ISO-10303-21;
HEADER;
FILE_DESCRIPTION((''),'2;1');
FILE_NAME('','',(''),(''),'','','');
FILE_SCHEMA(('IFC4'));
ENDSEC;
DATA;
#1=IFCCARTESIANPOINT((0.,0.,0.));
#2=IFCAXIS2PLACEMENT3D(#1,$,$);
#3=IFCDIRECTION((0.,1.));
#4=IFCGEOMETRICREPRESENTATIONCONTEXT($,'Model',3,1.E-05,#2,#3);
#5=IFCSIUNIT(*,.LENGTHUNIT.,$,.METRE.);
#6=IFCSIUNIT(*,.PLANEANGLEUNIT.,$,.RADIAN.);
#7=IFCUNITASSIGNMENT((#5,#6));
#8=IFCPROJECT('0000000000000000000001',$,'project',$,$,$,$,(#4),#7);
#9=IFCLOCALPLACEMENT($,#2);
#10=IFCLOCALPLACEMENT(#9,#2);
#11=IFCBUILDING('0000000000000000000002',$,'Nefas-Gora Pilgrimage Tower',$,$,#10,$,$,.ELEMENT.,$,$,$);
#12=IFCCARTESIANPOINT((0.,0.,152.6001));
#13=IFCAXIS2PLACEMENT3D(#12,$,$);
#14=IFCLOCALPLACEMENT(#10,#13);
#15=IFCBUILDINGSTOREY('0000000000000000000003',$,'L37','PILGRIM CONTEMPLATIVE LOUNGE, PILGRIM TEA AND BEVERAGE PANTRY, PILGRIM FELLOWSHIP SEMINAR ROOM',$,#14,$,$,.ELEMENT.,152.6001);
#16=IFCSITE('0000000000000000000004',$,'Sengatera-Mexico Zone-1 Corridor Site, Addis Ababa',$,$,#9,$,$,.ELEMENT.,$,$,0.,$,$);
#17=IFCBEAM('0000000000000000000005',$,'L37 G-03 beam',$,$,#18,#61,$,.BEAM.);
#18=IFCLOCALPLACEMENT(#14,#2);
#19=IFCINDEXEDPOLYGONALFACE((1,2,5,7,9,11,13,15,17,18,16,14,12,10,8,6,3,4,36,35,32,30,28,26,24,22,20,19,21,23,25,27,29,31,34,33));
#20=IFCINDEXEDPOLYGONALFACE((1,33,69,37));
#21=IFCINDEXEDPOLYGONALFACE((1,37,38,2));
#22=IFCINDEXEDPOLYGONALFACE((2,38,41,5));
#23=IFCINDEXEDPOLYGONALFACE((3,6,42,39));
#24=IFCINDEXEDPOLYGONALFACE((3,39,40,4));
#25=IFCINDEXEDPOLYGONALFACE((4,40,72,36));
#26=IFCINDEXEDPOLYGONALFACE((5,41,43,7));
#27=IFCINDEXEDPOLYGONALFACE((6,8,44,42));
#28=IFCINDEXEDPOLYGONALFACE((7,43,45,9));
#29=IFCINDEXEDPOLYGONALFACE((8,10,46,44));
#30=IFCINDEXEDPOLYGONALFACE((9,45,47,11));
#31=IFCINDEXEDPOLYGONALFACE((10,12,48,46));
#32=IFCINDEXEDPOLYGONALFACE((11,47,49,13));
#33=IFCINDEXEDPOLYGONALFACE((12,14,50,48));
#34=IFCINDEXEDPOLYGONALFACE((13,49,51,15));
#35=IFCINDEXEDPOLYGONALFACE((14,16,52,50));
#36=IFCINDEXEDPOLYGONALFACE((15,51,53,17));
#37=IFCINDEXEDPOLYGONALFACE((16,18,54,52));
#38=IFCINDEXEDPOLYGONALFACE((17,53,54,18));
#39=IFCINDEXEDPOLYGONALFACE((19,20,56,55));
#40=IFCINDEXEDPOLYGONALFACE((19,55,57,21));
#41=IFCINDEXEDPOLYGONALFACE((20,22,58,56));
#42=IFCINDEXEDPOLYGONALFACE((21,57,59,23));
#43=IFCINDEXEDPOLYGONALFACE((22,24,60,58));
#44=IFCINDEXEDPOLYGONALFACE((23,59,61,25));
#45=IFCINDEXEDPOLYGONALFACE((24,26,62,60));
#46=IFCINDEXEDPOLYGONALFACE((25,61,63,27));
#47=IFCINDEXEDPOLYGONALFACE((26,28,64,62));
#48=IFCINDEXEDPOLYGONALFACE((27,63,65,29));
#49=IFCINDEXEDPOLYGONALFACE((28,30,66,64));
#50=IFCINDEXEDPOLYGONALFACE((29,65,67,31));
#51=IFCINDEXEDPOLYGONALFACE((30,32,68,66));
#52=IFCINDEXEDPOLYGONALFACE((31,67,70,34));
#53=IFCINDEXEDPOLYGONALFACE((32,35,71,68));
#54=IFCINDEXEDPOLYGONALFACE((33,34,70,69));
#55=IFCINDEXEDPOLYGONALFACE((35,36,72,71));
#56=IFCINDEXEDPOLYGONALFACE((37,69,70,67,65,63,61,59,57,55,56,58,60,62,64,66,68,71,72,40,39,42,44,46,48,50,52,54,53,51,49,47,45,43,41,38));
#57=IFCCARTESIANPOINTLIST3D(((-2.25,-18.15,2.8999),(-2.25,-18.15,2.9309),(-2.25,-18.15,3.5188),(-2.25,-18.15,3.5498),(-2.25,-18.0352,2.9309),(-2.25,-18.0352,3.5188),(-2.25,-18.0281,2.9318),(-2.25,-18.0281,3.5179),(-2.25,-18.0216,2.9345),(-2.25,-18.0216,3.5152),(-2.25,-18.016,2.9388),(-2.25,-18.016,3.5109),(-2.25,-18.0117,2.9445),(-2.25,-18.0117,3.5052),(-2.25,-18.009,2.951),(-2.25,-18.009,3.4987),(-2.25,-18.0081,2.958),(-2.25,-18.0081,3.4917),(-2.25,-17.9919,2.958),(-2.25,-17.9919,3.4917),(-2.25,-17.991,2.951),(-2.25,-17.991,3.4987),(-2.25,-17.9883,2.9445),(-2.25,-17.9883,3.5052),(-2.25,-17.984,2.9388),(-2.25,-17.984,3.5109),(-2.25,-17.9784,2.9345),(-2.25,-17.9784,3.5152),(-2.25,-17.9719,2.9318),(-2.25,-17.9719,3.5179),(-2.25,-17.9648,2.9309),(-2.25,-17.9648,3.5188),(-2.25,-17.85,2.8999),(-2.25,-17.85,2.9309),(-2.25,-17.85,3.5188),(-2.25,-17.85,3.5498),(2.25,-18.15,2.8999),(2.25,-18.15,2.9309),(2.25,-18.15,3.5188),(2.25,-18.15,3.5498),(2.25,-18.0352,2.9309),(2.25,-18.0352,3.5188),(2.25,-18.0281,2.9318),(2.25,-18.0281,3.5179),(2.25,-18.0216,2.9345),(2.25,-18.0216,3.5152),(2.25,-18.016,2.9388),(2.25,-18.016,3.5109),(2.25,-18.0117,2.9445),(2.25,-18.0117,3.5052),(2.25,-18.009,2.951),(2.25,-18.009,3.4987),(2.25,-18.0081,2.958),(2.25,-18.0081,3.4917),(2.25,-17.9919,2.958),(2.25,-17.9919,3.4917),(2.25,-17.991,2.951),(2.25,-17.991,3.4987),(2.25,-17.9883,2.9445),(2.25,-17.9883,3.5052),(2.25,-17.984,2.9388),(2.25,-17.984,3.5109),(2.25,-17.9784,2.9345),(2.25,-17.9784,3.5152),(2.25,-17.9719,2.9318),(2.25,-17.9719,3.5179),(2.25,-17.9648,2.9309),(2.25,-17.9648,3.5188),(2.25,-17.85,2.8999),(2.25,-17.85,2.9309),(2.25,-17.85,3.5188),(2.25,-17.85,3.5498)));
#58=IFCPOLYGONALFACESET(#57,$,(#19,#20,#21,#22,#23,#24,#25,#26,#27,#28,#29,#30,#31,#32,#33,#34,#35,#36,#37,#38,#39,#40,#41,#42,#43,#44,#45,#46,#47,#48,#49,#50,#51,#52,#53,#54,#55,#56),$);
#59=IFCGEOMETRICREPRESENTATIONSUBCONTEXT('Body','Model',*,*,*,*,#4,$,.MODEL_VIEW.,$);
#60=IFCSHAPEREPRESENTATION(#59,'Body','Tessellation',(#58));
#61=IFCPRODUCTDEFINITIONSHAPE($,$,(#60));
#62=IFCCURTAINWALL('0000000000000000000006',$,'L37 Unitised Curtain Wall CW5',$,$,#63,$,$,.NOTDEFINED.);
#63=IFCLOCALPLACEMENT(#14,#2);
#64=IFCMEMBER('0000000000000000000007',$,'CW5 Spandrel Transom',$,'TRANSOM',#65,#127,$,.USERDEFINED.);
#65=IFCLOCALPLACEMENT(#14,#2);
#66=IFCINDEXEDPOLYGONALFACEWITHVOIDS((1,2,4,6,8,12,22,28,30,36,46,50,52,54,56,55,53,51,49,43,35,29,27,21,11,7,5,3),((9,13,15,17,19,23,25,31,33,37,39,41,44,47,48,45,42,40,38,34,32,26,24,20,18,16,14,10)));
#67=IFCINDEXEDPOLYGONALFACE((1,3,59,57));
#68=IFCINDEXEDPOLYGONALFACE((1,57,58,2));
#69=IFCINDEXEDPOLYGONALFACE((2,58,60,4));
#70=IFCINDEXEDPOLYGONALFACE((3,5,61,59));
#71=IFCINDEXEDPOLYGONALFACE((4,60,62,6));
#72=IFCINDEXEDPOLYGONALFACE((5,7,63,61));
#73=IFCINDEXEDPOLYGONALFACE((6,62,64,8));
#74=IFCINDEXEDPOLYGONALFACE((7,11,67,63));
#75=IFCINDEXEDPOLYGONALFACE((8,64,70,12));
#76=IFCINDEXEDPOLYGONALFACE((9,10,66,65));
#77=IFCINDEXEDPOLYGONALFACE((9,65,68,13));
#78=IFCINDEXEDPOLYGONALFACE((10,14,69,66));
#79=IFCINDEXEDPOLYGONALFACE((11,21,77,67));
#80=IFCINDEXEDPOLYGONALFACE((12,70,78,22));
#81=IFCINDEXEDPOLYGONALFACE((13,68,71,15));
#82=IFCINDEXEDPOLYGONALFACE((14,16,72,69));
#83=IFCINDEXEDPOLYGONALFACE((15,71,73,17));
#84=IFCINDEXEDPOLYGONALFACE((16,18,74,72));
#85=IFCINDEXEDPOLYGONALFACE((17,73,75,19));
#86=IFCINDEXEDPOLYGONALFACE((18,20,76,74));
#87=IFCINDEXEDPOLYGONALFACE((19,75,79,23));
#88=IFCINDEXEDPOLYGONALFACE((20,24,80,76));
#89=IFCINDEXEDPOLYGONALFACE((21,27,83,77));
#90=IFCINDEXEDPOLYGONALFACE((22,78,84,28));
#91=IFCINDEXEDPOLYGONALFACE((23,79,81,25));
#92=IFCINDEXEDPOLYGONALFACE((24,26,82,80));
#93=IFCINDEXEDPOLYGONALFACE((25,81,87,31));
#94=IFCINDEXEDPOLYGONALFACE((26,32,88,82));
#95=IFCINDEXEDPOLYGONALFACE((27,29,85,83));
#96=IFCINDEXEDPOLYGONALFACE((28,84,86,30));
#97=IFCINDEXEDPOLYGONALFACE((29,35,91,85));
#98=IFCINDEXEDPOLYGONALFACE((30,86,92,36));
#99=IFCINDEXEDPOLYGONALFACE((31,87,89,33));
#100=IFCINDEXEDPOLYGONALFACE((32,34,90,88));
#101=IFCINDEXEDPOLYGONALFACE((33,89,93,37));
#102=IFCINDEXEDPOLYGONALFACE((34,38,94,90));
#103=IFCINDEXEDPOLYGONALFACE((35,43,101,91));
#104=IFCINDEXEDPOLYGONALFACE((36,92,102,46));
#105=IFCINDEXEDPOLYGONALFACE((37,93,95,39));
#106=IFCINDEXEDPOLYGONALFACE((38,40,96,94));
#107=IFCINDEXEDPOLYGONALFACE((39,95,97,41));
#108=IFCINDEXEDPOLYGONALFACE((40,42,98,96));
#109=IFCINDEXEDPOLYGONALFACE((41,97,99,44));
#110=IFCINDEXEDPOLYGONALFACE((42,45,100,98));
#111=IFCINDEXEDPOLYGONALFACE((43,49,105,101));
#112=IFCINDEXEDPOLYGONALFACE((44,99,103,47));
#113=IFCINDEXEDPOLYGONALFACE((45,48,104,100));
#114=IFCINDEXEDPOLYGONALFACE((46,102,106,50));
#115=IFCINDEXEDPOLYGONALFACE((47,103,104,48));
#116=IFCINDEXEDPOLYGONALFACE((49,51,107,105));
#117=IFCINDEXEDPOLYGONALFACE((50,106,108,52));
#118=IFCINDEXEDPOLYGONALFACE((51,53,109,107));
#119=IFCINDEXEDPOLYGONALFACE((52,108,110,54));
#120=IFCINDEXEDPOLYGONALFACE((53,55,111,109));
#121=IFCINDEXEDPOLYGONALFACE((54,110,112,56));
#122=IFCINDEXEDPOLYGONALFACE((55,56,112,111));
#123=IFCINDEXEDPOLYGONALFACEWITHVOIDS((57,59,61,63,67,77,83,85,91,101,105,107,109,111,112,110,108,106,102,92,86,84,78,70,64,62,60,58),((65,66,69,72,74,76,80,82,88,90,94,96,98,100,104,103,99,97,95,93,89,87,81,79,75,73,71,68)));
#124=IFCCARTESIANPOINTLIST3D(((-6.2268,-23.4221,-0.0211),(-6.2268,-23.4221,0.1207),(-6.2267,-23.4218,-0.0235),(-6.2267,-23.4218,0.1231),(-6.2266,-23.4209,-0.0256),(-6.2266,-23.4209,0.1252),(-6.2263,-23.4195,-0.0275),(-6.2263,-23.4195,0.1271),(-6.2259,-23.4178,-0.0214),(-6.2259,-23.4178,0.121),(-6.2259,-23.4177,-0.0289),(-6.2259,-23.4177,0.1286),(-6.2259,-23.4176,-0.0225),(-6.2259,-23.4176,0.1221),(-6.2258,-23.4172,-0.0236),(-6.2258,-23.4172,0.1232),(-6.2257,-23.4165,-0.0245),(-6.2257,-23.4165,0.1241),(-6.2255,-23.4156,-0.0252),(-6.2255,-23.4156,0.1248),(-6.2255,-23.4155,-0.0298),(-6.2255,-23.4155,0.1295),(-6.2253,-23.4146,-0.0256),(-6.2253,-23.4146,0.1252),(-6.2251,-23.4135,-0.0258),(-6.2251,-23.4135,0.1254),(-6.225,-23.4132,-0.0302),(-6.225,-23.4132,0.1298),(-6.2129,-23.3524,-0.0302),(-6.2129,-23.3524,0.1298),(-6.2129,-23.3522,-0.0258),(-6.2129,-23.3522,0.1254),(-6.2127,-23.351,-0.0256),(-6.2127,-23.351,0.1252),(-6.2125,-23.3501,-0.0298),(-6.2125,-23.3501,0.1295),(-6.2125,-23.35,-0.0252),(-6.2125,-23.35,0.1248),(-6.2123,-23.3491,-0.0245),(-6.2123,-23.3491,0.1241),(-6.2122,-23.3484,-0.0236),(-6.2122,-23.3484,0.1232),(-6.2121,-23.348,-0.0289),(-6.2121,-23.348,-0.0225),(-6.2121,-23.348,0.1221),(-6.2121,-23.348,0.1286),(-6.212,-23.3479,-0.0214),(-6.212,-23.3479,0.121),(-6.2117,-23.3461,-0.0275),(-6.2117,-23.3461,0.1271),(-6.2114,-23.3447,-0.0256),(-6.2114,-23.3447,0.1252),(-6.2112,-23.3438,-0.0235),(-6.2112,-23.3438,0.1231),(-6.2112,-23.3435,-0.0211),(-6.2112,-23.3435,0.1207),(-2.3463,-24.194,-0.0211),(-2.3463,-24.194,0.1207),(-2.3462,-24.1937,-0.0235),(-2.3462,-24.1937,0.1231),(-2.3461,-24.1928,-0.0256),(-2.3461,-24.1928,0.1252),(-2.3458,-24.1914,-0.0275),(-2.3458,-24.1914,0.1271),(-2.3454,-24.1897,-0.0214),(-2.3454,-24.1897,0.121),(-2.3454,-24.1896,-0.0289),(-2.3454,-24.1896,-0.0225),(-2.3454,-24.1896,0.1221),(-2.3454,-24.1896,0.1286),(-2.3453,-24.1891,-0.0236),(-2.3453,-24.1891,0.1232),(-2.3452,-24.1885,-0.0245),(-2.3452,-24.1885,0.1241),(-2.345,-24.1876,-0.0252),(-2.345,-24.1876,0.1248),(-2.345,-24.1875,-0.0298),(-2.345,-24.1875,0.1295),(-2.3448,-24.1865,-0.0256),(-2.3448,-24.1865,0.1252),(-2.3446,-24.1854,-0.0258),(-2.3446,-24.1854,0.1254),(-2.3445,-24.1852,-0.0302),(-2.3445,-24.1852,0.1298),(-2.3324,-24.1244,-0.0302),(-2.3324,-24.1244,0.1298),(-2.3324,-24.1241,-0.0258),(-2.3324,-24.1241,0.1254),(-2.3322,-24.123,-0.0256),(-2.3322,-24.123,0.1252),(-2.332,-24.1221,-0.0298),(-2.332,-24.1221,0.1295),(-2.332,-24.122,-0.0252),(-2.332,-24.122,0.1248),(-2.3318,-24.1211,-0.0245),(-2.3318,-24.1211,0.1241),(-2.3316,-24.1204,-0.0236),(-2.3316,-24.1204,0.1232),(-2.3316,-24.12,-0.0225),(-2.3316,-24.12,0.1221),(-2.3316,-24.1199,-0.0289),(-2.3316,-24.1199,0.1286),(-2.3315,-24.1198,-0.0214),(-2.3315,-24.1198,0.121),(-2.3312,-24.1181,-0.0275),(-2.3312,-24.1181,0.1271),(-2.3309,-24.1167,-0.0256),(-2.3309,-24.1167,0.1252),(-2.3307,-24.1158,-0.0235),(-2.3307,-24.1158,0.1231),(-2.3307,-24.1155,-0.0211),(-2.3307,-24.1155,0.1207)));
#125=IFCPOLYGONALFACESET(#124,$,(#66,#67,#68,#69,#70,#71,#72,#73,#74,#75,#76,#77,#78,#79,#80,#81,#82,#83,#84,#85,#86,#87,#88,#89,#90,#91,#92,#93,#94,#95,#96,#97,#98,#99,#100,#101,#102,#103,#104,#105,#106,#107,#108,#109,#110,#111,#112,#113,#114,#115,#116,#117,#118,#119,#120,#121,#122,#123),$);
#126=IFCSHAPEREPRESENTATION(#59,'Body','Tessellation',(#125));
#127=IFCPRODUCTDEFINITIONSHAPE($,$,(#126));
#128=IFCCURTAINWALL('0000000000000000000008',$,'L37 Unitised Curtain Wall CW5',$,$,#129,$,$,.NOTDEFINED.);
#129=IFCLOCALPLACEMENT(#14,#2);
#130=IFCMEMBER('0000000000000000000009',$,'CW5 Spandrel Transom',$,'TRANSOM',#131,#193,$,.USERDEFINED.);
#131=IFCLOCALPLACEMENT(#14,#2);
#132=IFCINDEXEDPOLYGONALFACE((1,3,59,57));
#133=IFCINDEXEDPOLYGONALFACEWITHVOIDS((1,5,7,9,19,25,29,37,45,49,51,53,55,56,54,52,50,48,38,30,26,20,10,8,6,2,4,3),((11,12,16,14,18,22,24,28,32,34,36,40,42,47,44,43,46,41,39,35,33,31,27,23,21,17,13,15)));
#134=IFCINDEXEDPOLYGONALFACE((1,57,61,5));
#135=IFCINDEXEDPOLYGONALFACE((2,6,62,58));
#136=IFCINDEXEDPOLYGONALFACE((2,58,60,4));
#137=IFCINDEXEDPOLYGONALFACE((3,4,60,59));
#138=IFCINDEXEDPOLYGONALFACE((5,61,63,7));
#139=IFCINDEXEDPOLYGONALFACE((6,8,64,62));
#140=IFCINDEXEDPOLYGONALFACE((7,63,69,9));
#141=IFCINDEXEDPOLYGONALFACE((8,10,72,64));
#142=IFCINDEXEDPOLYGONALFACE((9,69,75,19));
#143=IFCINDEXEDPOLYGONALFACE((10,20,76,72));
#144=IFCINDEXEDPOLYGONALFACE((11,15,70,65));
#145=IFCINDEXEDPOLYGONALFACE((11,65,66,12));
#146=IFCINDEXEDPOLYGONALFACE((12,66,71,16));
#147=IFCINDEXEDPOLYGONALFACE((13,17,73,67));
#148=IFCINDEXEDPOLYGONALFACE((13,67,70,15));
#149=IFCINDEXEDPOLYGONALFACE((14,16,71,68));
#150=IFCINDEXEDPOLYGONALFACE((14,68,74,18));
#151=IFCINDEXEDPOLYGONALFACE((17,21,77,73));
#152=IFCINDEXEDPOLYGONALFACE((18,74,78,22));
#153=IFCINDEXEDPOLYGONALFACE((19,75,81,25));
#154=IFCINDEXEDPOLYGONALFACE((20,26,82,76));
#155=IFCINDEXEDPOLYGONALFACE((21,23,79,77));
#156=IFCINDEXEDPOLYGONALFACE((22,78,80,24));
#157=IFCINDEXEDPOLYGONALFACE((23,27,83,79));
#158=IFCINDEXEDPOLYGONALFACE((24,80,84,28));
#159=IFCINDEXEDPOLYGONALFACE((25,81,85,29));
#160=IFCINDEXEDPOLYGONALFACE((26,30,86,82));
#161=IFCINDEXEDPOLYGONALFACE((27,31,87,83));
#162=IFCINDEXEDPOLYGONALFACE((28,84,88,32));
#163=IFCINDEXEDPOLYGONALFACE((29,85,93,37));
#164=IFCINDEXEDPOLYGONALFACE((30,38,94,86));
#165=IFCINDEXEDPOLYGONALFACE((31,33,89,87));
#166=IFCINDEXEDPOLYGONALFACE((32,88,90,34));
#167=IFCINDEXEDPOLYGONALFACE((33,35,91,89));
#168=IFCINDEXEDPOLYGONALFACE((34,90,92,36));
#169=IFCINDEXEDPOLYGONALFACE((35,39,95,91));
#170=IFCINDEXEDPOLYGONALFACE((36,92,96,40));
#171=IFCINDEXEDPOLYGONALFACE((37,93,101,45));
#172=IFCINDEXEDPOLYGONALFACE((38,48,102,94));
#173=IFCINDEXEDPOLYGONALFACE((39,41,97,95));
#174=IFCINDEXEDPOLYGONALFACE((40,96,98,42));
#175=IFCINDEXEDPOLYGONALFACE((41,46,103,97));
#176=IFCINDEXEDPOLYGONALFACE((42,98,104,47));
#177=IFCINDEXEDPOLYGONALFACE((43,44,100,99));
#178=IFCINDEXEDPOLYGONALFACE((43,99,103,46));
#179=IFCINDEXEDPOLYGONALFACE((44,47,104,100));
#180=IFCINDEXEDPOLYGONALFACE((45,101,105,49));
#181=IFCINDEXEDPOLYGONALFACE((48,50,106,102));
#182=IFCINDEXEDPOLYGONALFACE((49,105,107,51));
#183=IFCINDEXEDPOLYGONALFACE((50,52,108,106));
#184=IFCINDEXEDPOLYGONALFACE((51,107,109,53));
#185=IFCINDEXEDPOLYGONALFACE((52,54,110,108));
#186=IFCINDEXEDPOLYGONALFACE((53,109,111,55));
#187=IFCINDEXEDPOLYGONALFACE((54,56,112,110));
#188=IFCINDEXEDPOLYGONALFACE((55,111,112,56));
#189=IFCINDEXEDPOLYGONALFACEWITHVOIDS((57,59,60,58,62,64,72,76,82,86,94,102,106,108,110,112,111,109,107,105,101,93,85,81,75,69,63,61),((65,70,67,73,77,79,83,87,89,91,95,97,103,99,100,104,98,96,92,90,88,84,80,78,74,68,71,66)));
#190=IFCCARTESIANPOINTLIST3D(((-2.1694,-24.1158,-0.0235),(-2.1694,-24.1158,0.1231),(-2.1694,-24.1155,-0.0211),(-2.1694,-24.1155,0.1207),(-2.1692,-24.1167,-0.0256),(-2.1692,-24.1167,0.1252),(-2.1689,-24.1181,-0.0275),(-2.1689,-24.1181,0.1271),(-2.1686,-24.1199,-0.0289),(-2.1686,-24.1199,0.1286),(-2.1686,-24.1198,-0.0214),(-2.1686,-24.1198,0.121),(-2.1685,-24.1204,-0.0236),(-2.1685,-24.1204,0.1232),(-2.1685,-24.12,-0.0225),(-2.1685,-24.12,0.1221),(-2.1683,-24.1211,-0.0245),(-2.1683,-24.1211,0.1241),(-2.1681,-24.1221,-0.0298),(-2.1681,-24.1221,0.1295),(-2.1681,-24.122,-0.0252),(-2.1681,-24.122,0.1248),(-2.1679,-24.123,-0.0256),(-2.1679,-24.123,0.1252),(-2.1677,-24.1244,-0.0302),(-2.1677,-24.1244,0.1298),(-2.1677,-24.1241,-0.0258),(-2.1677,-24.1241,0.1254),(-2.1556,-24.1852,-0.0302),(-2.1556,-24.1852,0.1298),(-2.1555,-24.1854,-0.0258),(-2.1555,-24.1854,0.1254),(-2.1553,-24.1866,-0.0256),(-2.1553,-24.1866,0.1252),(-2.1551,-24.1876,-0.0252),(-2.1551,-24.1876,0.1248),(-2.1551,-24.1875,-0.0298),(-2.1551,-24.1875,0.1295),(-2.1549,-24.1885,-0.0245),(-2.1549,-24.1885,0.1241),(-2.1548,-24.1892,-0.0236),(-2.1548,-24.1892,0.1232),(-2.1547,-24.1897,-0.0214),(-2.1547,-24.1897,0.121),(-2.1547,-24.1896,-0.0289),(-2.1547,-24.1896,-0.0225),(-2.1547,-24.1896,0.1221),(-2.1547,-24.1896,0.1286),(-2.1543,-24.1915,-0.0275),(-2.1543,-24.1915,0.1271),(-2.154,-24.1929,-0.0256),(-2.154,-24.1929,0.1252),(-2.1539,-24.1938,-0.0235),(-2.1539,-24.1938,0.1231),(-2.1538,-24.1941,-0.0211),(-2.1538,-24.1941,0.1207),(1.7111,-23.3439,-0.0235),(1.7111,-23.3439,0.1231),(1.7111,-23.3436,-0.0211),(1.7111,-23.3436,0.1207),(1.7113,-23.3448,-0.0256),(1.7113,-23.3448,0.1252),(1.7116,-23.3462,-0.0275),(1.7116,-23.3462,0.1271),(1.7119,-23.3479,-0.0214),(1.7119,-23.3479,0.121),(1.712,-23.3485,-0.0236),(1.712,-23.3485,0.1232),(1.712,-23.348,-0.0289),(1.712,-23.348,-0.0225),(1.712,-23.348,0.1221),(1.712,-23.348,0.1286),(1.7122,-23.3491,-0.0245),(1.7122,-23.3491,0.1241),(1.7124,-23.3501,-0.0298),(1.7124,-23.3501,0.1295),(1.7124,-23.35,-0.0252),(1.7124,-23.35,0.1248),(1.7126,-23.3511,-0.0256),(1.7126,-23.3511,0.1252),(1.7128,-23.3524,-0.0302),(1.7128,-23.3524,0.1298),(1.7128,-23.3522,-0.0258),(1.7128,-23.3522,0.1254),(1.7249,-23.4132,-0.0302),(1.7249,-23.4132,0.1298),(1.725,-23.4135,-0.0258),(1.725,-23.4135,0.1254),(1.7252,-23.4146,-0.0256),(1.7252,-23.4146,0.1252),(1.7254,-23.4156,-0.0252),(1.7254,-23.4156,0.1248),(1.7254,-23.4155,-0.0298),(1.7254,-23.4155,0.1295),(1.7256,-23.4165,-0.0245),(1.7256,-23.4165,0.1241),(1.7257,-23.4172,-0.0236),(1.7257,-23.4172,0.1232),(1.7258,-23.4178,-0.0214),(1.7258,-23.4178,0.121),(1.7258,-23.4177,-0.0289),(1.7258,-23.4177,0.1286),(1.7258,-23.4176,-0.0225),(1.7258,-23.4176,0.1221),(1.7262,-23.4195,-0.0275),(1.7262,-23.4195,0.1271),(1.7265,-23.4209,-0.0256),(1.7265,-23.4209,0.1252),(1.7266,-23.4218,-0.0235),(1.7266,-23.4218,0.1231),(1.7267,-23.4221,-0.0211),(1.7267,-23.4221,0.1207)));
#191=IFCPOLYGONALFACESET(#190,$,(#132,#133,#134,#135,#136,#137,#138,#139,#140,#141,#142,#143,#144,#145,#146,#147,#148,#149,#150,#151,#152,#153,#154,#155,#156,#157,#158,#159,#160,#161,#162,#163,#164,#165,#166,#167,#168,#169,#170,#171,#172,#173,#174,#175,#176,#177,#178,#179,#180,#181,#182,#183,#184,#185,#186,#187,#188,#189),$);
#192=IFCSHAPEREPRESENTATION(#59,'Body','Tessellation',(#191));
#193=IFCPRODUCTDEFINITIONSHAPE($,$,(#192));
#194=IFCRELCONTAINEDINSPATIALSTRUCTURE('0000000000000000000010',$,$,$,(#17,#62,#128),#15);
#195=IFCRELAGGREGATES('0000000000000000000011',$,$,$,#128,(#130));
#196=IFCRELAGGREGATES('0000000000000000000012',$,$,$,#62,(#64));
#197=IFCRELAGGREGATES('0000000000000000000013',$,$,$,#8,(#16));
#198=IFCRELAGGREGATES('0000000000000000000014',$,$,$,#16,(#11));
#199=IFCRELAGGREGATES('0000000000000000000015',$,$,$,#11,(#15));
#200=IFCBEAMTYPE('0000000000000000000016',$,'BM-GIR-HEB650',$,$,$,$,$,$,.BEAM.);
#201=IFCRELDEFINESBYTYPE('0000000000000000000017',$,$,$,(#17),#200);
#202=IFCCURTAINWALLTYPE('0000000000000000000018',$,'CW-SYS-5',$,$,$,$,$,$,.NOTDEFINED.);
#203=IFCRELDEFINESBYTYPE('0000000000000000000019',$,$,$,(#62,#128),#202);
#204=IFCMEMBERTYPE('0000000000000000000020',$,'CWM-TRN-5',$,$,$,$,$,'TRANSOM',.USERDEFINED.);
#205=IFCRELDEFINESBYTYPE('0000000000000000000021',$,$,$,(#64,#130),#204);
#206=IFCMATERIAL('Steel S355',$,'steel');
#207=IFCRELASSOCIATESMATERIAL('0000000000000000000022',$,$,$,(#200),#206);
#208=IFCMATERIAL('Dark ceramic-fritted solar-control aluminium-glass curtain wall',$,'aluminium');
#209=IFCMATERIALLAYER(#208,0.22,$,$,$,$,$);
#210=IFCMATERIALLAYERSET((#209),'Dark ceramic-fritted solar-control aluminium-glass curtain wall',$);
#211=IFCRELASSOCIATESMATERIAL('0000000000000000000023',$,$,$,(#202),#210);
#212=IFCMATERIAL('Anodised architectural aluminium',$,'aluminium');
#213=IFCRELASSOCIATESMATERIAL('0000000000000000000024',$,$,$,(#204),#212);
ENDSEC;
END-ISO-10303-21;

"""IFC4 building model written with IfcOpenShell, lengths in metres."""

from ifc_helpers import new_model, si_unit, direction, frame, origin, origin_2d, place, context, subcontext, project, spatial, hollow_rectangle, i_section, extrude, source, transform, mapped, material, layer, layer_set, material_profile, profile_set, type_object, element, aggregate, save


model = new_model("IFC4")

# Units and contexts
model_context = context("Model", 3, precision=1e-05, world=origin(), true_north=direction((0.0, 1.0)))
body_context = subcontext(model_context, "Body", "Model", "MODEL_VIEW")
ifc_project = project(units=[si_unit("LENGTHUNIT", "METRE"), si_unit("PLANEANGLEUNIT", "RADIAN")], contexts=[model_context])

# Site, building, storey
site_placement = place(None, origin())
site = spatial("IfcSite", under=ifc_project, at=site_placement, Name="Sengatera-Mexico Zone-1 Corridor Site, Addis Ababa", CompositionType="ELEMENT", RefElevation=0.0)
building_placement = place(site_placement, origin())
building = spatial("IfcBuilding", under=site, at=building_placement, Name="Nefas-Gora Pilgrimage Tower", CompositionType="ELEMENT")
storey_placement = place(building_placement, frame((0.0, 0.0, 152.6001)))
storey = spatial("IfcBuildingStorey", under=building, at=storey_placement, Name="L37", Description="PILGRIM CONTEMPLATIVE LOUNGE, PILGRIM TEA AND BEVERAGE PANTRY, PILGRIM FELLOWSHIP SEMINAR ROOM", CompositionType="ELEMENT", Elevation=152.6001)

# Beam
ifc_material_1 = material(Name="Steel S355", Category="steel")
ifc_material_profile_1 = material_profile(ifc_material_1, i_section(OverallWidth=0.3, OverallDepth=0.6499, WebThickness=0.0161, FlangeThickness=0.031, FilletRadius=0.0271, at=origin_2d()), Name="HEB 650")
ifc_profile_set_1 = profile_set([ifc_material_profile_1], Name="Steel S355")
beam_type = type_object("IfcBeamType", Name="BM-GIR-HEB650", PredefinedType="BEAM", material=ifc_profile_set_1)
shared_shape_1 = source(origin(), body_context, "Body", "SweptSolid", [
    extrude(i_section(OverallWidth=0.3, OverallDepth=0.6499, WebThickness=0.0161, FlangeThickness=0.031, FilletRadius=0.0271, at=origin_2d()), origin(), (0.0, 0.0, 1.0), 4.5),
])
for number, where, z_axis, x_axis, name in (
    (1, (-2.25, -18.0, 3.2249), (1.0, 0.0, 0.0), (0.0, 1.0, 0.0), "L37 G-03 beam"),
):
    element("IfcBeam", number, at=place(storey_placement, frame(where, z_axis=z_axis, x_axis=x_axis)), inside=storey, type_object=beam_type, Name=name, PredefinedType="BEAM", context=body_context, shape_type="MappedRepresentation", body=[
        mapped(shared_shape_1, transform((0.0, 0.0, 0.0), x_axis=(1.0, 0.0, 0.0), y_axis=(0.0, 1.0, 0.0), z_axis=(0.0, 0.0, 1.0), scale=1.0)),
    ])

# Curtain walls, members
ifc_material_2 = material(Name="Dark ceramic-fritted solar-control aluminium-glass curtain wall", Category="aluminium")
ifc_layer_1 = layer(ifc_material_2, 0.22)
ifc_layer_set_1 = layer_set([ifc_layer_1], Name="Dark ceramic-fritted solar-control aluminium-glass curtain wall")
curtain_wall_type = type_object("IfcCurtainWallType", Name="CW-SYS-5", PredefinedType="NOTDEFINED", material=ifc_layer_set_1)
curtain_wall_1_placement = place(storey_placement, origin())
curtain_wall_1 = element("IfcCurtainWall", 2, at=curtain_wall_1_placement, inside=storey, type_object=curtain_wall_type, Name="L37 Unitised Curtain Wall CW5", PredefinedType="NOTDEFINED")
ifc_material_3 = material(Name="Anodised architectural aluminium", Category="aluminium")
ifc_material_profile_2 = material_profile(ifc_material_3, hollow_rectangle(XDim=0.0801, YDim=0.1599, WallThickness=0.0044, InnerFilletRadius=0.0044, OuterFilletRadius=0.009, at=origin_2d()), Name="ALU TRANSOM 80x160")
ifc_profile_set_2 = profile_set([ifc_material_profile_2], Name="Anodised architectural aluminium")
member_type_1 = type_object("IfcMemberType", Name="CWM-TRN-5", ElementType="TRANSOM", PredefinedType="USERDEFINED", material=ifc_profile_set_2)
shared_shape_2 = source(origin(), body_context, "Body", "SweptSolid", [
    extrude(hollow_rectangle(XDim=0.0801, YDim=0.1599, WallThickness=0.0044, InnerFilletRadius=0.0044, OuterFilletRadius=0.009, at=origin_2d()), origin(), (0.0, 0.0, 1.0), 3.9565),
])
member_1_placement = place(storey_placement, frame((-6.219, -23.3828, 0.0498), z_axis=(0.980782, -0.195107, 0.0), x_axis=(0.195107, 0.980782, 0.0)))
member_1 = element("IfcMember", 3, at=member_1_placement, type_object=member_type_1, Name="CW5 Spandrel Transom", ObjectType="TRANSOM", PredefinedType="USERDEFINED", context=body_context, shape_type="MappedRepresentation", body=[
    mapped(shared_shape_2, transform((0.0, 0.0, 0.0), x_axis=(1.0, 0.0, 0.0), y_axis=(0.0, 1.0, 0.0), z_axis=(0.0, 0.0, 1.0), scale=1.0)),
])
curtain_wall_2_placement = place(storey_placement, origin())
curtain_wall_2 = element("IfcCurtainWall", 4, at=curtain_wall_2_placement, inside=storey, type_object=curtain_wall_type, Name="L37 Unitised Curtain Wall CW5", PredefinedType="NOTDEFINED")
member_2_placement = place(storey_placement, frame((-2.1616, -24.1548, 0.0498), z_axis=(0.980782, 0.195107, 0.0), x_axis=(-0.195107, 0.980782, 0.0)))
member_2 = element("IfcMember", 5, at=member_2_placement, type_object=member_type_1, Name="CW5 Spandrel Transom", ObjectType="TRANSOM", PredefinedType="USERDEFINED", context=body_context, shape_type="MappedRepresentation", body=[
    mapped(shared_shape_2, transform((0.0, 0.0, 0.0), x_axis=(1.0, 0.0, 0.0), y_axis=(0.0, 1.0, 0.0), z_axis=(0.0, 0.0, 1.0), scale=1.0)),
])

aggregate(curtain_wall_2, [member_2])

aggregate(curtain_wall_1, [member_1])

save(model, "model.ifc")
